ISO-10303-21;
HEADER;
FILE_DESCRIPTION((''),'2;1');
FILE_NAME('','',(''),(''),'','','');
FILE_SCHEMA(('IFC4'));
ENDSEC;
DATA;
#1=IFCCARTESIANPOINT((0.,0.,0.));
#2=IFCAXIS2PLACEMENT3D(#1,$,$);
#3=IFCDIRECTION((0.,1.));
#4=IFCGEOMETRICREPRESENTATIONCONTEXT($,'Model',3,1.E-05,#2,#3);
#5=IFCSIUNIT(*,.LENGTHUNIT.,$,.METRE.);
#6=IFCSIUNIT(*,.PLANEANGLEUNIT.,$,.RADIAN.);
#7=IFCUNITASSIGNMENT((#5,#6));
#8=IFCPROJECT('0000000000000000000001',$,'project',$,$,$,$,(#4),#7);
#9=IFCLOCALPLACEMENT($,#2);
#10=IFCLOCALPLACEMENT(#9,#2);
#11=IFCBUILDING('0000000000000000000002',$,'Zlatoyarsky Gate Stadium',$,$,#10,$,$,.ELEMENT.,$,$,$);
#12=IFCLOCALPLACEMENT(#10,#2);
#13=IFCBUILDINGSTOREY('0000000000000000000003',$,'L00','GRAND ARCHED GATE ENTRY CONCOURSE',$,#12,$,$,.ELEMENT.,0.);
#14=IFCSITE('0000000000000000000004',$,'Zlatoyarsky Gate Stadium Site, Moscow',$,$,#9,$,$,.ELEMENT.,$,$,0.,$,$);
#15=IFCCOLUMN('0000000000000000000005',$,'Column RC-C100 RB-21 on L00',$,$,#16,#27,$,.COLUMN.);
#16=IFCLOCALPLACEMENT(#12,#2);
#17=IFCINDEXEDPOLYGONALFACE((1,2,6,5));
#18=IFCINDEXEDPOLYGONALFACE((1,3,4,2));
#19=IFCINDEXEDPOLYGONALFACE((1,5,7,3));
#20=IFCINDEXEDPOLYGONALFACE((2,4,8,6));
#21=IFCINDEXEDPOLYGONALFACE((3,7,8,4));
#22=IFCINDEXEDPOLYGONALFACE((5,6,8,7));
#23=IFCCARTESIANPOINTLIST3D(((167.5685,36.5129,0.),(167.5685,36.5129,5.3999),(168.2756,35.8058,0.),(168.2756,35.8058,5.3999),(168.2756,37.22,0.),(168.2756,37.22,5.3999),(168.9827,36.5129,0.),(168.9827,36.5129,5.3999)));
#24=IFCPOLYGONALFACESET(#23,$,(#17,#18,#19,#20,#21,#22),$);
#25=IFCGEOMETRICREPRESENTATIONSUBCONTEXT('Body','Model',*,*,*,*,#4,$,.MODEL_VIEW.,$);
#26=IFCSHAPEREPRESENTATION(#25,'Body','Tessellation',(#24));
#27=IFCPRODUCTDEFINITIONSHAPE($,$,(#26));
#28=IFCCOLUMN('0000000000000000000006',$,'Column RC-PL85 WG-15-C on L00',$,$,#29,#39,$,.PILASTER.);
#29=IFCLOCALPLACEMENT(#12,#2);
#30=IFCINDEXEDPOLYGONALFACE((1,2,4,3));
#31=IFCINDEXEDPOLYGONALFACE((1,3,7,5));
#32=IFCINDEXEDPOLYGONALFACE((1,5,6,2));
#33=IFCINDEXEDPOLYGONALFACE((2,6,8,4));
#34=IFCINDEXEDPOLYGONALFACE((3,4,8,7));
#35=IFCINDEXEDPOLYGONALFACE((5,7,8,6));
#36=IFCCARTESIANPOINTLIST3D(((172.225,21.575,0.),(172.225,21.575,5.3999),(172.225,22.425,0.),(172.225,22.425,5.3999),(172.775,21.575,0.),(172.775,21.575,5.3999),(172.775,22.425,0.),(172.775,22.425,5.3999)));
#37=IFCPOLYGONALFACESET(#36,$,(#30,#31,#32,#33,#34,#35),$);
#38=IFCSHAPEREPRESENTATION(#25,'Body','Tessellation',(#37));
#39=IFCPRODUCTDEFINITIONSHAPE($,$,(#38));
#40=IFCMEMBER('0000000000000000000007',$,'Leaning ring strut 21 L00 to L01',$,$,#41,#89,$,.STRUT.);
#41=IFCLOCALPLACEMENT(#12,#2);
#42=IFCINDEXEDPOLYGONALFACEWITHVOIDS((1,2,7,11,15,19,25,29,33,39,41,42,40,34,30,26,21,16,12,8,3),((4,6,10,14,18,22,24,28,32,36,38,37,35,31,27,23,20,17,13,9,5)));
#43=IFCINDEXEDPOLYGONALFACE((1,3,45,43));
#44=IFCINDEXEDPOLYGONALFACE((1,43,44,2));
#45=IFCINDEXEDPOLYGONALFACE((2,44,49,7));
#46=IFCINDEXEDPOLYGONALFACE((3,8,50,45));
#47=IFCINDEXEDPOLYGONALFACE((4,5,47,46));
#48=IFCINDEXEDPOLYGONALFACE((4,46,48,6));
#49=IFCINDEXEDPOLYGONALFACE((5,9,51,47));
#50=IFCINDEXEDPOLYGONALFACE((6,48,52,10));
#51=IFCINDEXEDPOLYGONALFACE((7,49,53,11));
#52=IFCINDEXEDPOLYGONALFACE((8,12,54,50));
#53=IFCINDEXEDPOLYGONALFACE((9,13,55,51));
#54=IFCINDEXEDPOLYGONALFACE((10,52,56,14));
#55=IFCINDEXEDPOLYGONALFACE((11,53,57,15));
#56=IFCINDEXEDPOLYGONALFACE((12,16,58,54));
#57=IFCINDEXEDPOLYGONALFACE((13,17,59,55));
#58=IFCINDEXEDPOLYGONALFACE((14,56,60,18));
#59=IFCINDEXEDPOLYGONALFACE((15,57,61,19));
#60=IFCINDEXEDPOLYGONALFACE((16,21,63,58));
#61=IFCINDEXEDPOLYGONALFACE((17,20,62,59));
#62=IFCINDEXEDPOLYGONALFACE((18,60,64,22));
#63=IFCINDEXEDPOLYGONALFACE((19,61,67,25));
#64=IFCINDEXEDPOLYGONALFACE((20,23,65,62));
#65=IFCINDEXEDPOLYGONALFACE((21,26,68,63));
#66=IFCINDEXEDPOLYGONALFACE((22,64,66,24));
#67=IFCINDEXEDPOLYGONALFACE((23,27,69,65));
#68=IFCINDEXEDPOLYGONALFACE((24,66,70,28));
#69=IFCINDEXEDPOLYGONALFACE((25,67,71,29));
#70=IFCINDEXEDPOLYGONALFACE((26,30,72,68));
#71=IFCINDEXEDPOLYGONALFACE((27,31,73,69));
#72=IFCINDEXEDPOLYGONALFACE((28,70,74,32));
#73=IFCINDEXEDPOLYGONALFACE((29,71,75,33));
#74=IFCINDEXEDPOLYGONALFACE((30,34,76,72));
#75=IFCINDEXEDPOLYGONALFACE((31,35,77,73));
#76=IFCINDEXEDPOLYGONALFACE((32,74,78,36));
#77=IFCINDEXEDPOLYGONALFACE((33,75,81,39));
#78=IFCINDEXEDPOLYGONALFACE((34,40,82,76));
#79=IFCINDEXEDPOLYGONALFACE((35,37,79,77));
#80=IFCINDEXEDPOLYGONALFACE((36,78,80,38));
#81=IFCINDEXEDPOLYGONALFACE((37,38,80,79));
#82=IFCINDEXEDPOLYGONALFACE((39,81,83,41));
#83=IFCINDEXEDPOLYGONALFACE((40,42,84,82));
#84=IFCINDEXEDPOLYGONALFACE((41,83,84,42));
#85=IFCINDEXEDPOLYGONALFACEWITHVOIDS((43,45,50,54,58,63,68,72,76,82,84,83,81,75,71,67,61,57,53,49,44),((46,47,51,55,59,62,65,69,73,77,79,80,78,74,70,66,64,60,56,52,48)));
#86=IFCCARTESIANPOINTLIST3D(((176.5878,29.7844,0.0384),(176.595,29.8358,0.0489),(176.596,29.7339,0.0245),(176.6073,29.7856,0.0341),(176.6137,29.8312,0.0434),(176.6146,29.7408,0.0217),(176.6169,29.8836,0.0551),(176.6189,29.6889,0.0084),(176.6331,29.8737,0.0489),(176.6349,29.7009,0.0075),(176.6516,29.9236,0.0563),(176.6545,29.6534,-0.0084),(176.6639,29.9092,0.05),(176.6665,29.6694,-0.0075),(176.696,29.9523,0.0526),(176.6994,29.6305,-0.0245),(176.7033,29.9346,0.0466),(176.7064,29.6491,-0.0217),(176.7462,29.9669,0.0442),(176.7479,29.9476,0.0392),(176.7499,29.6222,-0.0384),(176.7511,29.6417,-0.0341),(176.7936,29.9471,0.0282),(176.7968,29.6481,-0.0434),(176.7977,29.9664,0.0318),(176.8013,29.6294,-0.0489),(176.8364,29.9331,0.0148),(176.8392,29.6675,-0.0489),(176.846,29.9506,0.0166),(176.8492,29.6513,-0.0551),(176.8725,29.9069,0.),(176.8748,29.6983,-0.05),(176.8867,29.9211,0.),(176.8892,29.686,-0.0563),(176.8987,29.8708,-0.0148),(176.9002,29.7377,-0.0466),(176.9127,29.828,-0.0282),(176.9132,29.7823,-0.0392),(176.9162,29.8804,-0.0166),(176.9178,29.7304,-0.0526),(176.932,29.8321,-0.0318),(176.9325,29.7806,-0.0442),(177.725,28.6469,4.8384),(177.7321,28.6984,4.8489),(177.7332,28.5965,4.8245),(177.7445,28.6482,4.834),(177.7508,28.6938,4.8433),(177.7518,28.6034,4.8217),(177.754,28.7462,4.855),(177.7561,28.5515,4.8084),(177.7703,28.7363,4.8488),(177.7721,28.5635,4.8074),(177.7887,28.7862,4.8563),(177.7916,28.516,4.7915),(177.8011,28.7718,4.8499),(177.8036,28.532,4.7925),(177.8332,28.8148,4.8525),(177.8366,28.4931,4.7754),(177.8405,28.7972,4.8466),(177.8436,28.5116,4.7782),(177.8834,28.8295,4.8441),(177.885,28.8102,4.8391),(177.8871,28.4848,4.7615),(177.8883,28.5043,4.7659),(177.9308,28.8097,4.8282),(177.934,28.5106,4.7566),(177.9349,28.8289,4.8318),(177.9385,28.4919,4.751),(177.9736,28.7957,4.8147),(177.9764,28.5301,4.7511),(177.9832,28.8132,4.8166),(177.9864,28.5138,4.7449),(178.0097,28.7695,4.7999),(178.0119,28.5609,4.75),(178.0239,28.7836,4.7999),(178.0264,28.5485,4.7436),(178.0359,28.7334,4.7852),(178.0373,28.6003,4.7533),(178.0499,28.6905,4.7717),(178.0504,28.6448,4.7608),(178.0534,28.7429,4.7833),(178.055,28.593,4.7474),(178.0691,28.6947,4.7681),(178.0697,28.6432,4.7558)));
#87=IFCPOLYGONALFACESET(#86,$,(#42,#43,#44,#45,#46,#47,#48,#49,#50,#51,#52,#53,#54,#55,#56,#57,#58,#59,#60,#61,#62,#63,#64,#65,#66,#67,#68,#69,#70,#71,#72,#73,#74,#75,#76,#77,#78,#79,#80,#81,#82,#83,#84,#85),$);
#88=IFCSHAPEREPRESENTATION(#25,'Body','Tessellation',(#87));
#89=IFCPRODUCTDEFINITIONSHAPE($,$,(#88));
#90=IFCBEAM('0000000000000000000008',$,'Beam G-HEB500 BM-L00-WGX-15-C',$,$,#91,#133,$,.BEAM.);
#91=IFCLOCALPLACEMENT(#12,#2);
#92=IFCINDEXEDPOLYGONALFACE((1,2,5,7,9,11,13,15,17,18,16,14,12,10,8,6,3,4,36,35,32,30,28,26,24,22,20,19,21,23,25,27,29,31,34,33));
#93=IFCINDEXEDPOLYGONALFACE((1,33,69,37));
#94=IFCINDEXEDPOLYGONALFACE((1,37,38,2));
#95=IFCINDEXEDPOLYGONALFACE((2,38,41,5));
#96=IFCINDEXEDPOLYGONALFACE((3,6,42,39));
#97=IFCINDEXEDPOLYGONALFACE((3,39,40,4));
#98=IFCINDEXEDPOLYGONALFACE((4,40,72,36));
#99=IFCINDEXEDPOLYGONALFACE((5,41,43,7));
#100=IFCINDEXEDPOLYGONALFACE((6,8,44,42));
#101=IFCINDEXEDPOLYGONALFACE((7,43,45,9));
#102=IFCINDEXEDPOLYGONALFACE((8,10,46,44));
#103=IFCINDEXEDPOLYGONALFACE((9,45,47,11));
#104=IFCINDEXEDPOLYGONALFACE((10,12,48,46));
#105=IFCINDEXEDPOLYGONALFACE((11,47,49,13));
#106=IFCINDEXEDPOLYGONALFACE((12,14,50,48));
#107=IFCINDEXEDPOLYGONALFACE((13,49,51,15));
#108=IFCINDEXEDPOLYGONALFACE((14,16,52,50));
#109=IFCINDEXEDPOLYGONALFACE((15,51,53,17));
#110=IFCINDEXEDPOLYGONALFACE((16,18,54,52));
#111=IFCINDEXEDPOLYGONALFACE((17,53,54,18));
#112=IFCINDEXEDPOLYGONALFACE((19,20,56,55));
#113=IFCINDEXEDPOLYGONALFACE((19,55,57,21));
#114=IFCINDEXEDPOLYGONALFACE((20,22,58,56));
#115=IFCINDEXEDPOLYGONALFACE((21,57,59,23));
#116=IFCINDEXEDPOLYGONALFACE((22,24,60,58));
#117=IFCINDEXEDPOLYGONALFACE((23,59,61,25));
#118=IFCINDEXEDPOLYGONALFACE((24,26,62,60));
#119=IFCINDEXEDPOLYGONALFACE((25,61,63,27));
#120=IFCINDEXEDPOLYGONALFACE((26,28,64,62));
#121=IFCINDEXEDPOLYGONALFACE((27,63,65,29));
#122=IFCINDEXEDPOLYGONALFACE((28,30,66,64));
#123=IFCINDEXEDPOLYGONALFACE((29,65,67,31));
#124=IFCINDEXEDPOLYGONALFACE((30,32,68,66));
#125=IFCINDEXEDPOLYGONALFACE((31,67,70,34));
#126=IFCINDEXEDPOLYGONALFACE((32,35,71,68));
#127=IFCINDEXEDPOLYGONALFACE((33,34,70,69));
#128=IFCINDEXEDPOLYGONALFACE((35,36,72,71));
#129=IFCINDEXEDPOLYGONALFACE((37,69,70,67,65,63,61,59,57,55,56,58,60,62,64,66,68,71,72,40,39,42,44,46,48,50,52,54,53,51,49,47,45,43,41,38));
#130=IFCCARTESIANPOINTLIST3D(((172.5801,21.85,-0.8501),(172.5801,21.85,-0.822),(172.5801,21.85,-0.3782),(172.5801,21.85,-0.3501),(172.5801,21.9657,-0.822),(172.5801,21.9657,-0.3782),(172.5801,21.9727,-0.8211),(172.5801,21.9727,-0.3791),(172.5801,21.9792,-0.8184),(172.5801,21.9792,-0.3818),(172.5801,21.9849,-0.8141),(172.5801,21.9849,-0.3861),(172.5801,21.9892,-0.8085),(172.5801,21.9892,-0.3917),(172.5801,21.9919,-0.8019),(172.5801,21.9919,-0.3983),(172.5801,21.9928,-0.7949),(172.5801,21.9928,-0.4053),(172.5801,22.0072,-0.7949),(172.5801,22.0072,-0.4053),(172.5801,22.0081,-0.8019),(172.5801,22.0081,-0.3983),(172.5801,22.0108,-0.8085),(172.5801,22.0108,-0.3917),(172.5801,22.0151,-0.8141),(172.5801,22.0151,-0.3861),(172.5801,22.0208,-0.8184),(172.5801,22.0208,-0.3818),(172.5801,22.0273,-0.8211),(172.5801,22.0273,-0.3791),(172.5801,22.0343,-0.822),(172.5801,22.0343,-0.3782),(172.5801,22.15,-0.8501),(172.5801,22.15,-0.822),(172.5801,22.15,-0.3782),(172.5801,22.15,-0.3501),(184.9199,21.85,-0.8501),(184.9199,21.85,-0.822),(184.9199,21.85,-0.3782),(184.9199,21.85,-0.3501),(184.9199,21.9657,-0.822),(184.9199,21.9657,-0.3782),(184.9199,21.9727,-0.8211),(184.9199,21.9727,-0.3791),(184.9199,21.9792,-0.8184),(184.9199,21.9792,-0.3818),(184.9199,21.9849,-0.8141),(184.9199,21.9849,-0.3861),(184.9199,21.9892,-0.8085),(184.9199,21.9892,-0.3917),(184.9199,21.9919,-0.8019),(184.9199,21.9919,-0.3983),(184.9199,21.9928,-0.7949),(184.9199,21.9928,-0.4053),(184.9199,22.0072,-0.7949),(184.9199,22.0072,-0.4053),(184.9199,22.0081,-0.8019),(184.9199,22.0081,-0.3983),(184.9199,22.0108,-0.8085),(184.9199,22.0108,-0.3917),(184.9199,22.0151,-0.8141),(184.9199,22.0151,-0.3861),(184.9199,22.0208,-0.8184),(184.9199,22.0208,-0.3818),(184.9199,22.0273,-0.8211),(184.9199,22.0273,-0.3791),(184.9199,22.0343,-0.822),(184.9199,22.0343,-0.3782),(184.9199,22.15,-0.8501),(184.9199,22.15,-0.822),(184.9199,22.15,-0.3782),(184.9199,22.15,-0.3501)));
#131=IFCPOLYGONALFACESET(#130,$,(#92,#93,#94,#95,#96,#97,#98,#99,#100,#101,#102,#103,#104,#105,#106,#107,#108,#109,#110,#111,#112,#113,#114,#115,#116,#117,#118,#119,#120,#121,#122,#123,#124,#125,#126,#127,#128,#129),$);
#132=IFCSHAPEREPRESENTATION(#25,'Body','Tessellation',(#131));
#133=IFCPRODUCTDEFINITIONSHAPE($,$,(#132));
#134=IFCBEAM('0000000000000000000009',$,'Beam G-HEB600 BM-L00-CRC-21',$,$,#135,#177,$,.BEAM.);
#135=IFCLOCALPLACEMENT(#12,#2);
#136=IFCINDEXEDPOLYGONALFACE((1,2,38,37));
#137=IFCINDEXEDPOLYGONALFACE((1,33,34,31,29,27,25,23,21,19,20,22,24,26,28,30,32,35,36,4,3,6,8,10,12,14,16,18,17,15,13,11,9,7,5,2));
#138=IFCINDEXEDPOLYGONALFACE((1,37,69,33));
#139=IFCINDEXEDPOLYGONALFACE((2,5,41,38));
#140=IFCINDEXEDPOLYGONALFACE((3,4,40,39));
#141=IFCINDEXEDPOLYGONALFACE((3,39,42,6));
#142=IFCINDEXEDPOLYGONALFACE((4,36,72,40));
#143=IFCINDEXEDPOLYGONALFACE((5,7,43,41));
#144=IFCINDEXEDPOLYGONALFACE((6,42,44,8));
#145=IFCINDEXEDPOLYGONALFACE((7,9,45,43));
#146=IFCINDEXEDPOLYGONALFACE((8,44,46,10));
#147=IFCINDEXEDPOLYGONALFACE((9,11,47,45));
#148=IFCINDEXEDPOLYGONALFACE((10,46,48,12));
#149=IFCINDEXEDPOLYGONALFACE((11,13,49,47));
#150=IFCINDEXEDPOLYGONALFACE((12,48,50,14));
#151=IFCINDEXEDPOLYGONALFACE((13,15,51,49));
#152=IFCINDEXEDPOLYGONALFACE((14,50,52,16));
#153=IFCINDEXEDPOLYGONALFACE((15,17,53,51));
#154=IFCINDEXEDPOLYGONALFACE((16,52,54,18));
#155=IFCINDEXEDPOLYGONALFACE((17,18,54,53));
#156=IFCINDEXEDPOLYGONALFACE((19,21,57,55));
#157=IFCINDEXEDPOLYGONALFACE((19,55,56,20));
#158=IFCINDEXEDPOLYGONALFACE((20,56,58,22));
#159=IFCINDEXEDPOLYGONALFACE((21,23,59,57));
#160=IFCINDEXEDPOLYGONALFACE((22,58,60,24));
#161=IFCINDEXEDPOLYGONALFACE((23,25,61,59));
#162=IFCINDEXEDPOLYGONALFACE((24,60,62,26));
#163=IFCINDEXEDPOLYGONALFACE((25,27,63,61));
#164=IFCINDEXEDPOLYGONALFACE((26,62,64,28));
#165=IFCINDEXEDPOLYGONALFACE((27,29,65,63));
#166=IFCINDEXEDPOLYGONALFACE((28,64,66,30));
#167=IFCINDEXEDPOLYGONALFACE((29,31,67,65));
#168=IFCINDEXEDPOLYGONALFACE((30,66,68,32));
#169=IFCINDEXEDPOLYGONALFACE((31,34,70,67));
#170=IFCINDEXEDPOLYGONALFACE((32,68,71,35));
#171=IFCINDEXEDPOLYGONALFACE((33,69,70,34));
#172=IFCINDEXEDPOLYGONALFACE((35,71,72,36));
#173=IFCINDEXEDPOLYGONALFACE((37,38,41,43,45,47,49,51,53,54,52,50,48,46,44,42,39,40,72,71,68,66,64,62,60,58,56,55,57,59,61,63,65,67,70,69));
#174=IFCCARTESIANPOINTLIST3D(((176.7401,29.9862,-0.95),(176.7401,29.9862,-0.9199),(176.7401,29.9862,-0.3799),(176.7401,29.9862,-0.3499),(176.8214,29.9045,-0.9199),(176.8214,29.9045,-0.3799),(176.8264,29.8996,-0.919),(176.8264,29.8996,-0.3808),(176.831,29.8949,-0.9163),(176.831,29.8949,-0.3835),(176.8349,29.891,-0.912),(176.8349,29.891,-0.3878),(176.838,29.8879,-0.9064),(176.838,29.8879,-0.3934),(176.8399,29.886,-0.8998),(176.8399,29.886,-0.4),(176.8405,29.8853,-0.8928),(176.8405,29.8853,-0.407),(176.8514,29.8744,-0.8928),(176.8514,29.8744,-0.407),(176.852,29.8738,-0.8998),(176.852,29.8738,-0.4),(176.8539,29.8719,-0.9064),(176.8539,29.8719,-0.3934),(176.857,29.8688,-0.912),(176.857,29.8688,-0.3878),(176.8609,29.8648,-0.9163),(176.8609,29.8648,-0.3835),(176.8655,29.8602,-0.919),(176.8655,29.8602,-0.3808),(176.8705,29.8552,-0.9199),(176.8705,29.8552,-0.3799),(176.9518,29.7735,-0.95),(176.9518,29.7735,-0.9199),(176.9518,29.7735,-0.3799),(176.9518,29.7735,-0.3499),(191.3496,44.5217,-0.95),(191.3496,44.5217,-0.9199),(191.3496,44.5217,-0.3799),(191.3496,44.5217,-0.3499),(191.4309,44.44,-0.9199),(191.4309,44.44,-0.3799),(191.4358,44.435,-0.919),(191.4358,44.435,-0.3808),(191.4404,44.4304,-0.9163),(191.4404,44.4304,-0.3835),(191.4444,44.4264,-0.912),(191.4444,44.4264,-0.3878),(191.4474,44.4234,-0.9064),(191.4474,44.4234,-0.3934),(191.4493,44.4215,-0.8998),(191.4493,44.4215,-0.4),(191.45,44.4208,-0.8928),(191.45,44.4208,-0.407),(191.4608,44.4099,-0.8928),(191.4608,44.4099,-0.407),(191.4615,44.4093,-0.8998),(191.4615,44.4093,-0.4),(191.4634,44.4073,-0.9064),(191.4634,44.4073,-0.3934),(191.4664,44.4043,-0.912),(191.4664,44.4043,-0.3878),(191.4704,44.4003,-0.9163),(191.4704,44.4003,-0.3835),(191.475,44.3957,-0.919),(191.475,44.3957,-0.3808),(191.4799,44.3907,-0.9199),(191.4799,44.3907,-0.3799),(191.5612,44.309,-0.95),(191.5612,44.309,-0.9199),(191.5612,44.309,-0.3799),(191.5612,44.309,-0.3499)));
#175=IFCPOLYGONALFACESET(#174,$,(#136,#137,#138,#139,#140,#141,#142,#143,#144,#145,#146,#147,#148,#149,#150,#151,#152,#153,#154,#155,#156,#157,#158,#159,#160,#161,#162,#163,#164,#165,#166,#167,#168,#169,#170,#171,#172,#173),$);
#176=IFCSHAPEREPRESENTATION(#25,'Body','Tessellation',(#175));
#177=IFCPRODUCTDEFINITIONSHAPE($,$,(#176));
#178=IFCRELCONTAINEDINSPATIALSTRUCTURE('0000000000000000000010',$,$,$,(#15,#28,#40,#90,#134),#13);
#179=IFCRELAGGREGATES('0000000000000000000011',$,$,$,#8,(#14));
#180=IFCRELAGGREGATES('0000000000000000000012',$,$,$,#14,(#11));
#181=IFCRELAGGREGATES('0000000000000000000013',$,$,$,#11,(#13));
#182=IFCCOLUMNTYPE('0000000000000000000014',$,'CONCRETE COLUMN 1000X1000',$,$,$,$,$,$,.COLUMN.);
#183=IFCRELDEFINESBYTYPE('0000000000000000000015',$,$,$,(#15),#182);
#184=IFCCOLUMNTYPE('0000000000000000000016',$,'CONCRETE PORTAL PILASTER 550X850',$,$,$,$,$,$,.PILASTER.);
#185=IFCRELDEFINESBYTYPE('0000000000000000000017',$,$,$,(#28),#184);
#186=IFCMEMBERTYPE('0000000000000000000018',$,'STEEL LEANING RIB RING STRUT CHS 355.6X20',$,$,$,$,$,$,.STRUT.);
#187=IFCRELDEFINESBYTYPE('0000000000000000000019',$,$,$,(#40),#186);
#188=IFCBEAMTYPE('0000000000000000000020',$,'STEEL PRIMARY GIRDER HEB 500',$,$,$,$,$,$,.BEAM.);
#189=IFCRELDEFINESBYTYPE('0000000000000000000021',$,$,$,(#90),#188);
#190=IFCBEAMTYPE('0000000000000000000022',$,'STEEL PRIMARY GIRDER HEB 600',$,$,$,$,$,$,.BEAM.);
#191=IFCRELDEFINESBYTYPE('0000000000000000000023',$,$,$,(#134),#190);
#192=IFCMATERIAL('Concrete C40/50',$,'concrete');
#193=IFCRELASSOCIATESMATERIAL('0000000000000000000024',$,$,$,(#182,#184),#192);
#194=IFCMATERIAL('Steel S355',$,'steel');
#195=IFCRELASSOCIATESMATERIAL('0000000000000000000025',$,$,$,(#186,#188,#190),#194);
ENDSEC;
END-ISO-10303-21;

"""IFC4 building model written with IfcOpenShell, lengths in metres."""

from ifc_helpers import new_model, si_unit, direction, frame, origin, origin_2d, place, context, subcontext, project, spatial, rectangle, hollow_circle, i_section, extrude, material, material_profile, profile_set, type_object, element, save


model = new_model("IFC4")

# Units and contexts
model_context = context("Model", 3, precision=1e-05, world=origin(), true_north=direction((0.0, 1.0)))
body_context = subcontext(model_context, "Body", "Model", "MODEL_VIEW")
ifc_project = project(units=[si_unit("LENGTHUNIT", "METRE"), si_unit("PLANEANGLEUNIT", "RADIAN")], contexts=[model_context])

# Site, building, storey
site_placement = place(None, origin())
site = spatial("IfcSite", under=ifc_project, at=site_placement, Name="Zlatoyarsky Gate Stadium Site, Moscow", CompositionType="ELEMENT", RefElevation=0.0)
building_placement = place(site_placement, origin())
building = spatial("IfcBuilding", under=site, at=building_placement, Name="Zlatoyarsky Gate Stadium", CompositionType="ELEMENT")
storey_placement = place(building_placement, origin())
storey = spatial("IfcBuildingStorey", under=building, at=storey_placement, Name="L00", Description="GRAND ARCHED GATE ENTRY CONCOURSE", CompositionType="ELEMENT", Elevation=0.0)

# Columns
ifc_material_1 = material(Name="Concrete C40/50", Category="concrete")
ifc_material_profile_1 = material_profile(ifc_material_1, rectangle(XDim=1.0, YDim=1.0, at=origin_2d()), Name="RC COL 1000X1000")
ifc_profile_set_1 = profile_set([ifc_material_profile_1], Name="Concrete C40/50")
column_type_1 = type_object("IfcColumnType", Name="CONCRETE COLUMN 1000X1000", PredefinedType="COLUMN", material=ifc_profile_set_1)
column_1_placement = place(storey_placement, frame((168.2756, 36.5129, 0.0), z_axis=(0.0, 0.0, 1.0), x_axis=(0.707107, -0.707107, 0.0)))
element("IfcColumn", 1, at=column_1_placement, inside=storey, type_object=column_type_1, Name="Column RC-C100 RB-21 on L00", PredefinedType="COLUMN", context=body_context, shape_type="SweptSolid", body=[
    extrude(rectangle(XDim=1.0, YDim=1.0, at=origin_2d()), origin(), (0.0, 0.0, 1.0), 5.3999),
])
ifc_material_profile_2 = material_profile(ifc_material_1, rectangle(XDim=0.55, YDim=0.8501, at=origin_2d()), Name="RC PILASTER 550X850")
ifc_profile_set_2 = profile_set([ifc_material_profile_2], Name="Concrete C40/50")
column_type_2 = type_object("IfcColumnType", Name="CONCRETE PORTAL PILASTER 550X850", PredefinedType="PILASTER", material=ifc_profile_set_2)
column_2_placement = place(storey_placement, frame((172.5, 22.0, 0.0), z_axis=(0.0, 0.0, 1.0), x_axis=(1.0, 0.0, 0.0)))
element("IfcColumn", 2, at=column_2_placement, inside=storey, type_object=column_type_2, Name="Column RC-PL85 WG-15-C on L00", PredefinedType="PILASTER", context=body_context, shape_type="SweptSolid", body=[
    extrude(rectangle(XDim=0.55, YDim=0.8501, at=origin_2d()), origin(), (0.0, 0.0, 1.0), 5.3999),
])

# Member
ifc_material_2 = material(Name="Steel S355", Category="steel")
ifc_material_profile_3 = material_profile(ifc_material_2, hollow_circle(Radius=0.1777, WallThickness=0.02, at=origin_2d()), Name="CHS 355.6X20")
ifc_profile_set_3 = profile_set([ifc_material_profile_3], Name="Steel S355")
member_type = type_object("IfcMemberType", Name="STEEL LEANING RIB RING STRUT CHS 355.6X20", PredefinedType="STRUT", material=ifc_profile_set_3)
member_placement = place(storey_placement, frame((176.761, 29.7954, 0.0), z_axis=(0.22464, -0.224688, 0.948184), x_axis=(0.707183, 0.707031, 0.0)))
element("IfcMember", 3, at=member_placement, inside=storey, type_object=member_type, Name="Leaning ring strut 21 L00 to L01", PredefinedType="STRUT", context=body_context, shape_type="SweptSolid", body=[
    extrude(hollow_circle(Radius=0.1777, WallThickness=0.02, at=origin_2d()), origin(), (0.0, 0.0, 1.0), 5.0623),
])

# Beams
ifc_material_profile_4 = material_profile(ifc_material_2, i_section(OverallWidth=0.3, OverallDepth=0.5, WebThickness=0.0144, FlangeThickness=0.0281, FilletRadius=0.0271, at=origin_2d()), Name="HEB 500")
ifc_profile_set_4 = profile_set([ifc_material_profile_4], Name="Steel S355")
beam_type_1 = type_object("IfcBeamType", Name="STEEL PRIMARY GIRDER HEB 500", PredefinedType="BEAM", material=ifc_profile_set_4)
beam_1_placement = place(storey_placement, frame((172.5801, 22.0, -0.6001), z_axis=(1.0, 0.0, 0.0), x_axis=(0.0, 1.0, 0.0)))
element("IfcBeam", 4, at=beam_1_placement, inside=storey, type_object=beam_type_1, Name="Beam G-HEB500 BM-L00-WGX-15-C", PredefinedType="BEAM", context=body_context, shape_type="SweptSolid", body=[
    extrude(i_section(OverallWidth=0.3, OverallDepth=0.5, WebThickness=0.0144, FlangeThickness=0.0281, FilletRadius=0.0271, at=origin_2d()), origin(), (0.0, 0.0, 1.0), 12.3398),
])
ifc_material_profile_5 = material_profile(ifc_material_2, i_section(OverallWidth=0.3, OverallDepth=0.6001, WebThickness=0.0154, FlangeThickness=0.03, FilletRadius=0.0271, at=origin_2d()), Name="HEB 600")
ifc_profile_set_5 = profile_set([ifc_material_profile_5], Name="Steel S355")
beam_type_2 = type_object("IfcBeamType", Name="STEEL PRIMARY GIRDER HEB 600", PredefinedType="BEAM", material=ifc_profile_set_5)
beam_2_placement = place(storey_placement, frame((176.8459, 29.8799, -0.6499), z_axis=(0.708899, 0.70531, 0.0), x_axis=(-0.70531, 0.708899, 0.0)))
element("IfcBeam", 5, at=beam_2_placement, inside=storey, type_object=beam_type_2, Name="Beam G-HEB600 BM-L00-CRC-21", PredefinedType="BEAM", context=body_context, shape_type="SweptSolid", body=[
    extrude(i_section(OverallWidth=0.3, OverallDepth=0.6001, WebThickness=0.0154, FlangeThickness=0.03, FilletRadius=0.0271, at=origin_2d()), origin(), (0.0, 0.0, 1.0), 20.6086),
])

save(model, "model.ifc")
